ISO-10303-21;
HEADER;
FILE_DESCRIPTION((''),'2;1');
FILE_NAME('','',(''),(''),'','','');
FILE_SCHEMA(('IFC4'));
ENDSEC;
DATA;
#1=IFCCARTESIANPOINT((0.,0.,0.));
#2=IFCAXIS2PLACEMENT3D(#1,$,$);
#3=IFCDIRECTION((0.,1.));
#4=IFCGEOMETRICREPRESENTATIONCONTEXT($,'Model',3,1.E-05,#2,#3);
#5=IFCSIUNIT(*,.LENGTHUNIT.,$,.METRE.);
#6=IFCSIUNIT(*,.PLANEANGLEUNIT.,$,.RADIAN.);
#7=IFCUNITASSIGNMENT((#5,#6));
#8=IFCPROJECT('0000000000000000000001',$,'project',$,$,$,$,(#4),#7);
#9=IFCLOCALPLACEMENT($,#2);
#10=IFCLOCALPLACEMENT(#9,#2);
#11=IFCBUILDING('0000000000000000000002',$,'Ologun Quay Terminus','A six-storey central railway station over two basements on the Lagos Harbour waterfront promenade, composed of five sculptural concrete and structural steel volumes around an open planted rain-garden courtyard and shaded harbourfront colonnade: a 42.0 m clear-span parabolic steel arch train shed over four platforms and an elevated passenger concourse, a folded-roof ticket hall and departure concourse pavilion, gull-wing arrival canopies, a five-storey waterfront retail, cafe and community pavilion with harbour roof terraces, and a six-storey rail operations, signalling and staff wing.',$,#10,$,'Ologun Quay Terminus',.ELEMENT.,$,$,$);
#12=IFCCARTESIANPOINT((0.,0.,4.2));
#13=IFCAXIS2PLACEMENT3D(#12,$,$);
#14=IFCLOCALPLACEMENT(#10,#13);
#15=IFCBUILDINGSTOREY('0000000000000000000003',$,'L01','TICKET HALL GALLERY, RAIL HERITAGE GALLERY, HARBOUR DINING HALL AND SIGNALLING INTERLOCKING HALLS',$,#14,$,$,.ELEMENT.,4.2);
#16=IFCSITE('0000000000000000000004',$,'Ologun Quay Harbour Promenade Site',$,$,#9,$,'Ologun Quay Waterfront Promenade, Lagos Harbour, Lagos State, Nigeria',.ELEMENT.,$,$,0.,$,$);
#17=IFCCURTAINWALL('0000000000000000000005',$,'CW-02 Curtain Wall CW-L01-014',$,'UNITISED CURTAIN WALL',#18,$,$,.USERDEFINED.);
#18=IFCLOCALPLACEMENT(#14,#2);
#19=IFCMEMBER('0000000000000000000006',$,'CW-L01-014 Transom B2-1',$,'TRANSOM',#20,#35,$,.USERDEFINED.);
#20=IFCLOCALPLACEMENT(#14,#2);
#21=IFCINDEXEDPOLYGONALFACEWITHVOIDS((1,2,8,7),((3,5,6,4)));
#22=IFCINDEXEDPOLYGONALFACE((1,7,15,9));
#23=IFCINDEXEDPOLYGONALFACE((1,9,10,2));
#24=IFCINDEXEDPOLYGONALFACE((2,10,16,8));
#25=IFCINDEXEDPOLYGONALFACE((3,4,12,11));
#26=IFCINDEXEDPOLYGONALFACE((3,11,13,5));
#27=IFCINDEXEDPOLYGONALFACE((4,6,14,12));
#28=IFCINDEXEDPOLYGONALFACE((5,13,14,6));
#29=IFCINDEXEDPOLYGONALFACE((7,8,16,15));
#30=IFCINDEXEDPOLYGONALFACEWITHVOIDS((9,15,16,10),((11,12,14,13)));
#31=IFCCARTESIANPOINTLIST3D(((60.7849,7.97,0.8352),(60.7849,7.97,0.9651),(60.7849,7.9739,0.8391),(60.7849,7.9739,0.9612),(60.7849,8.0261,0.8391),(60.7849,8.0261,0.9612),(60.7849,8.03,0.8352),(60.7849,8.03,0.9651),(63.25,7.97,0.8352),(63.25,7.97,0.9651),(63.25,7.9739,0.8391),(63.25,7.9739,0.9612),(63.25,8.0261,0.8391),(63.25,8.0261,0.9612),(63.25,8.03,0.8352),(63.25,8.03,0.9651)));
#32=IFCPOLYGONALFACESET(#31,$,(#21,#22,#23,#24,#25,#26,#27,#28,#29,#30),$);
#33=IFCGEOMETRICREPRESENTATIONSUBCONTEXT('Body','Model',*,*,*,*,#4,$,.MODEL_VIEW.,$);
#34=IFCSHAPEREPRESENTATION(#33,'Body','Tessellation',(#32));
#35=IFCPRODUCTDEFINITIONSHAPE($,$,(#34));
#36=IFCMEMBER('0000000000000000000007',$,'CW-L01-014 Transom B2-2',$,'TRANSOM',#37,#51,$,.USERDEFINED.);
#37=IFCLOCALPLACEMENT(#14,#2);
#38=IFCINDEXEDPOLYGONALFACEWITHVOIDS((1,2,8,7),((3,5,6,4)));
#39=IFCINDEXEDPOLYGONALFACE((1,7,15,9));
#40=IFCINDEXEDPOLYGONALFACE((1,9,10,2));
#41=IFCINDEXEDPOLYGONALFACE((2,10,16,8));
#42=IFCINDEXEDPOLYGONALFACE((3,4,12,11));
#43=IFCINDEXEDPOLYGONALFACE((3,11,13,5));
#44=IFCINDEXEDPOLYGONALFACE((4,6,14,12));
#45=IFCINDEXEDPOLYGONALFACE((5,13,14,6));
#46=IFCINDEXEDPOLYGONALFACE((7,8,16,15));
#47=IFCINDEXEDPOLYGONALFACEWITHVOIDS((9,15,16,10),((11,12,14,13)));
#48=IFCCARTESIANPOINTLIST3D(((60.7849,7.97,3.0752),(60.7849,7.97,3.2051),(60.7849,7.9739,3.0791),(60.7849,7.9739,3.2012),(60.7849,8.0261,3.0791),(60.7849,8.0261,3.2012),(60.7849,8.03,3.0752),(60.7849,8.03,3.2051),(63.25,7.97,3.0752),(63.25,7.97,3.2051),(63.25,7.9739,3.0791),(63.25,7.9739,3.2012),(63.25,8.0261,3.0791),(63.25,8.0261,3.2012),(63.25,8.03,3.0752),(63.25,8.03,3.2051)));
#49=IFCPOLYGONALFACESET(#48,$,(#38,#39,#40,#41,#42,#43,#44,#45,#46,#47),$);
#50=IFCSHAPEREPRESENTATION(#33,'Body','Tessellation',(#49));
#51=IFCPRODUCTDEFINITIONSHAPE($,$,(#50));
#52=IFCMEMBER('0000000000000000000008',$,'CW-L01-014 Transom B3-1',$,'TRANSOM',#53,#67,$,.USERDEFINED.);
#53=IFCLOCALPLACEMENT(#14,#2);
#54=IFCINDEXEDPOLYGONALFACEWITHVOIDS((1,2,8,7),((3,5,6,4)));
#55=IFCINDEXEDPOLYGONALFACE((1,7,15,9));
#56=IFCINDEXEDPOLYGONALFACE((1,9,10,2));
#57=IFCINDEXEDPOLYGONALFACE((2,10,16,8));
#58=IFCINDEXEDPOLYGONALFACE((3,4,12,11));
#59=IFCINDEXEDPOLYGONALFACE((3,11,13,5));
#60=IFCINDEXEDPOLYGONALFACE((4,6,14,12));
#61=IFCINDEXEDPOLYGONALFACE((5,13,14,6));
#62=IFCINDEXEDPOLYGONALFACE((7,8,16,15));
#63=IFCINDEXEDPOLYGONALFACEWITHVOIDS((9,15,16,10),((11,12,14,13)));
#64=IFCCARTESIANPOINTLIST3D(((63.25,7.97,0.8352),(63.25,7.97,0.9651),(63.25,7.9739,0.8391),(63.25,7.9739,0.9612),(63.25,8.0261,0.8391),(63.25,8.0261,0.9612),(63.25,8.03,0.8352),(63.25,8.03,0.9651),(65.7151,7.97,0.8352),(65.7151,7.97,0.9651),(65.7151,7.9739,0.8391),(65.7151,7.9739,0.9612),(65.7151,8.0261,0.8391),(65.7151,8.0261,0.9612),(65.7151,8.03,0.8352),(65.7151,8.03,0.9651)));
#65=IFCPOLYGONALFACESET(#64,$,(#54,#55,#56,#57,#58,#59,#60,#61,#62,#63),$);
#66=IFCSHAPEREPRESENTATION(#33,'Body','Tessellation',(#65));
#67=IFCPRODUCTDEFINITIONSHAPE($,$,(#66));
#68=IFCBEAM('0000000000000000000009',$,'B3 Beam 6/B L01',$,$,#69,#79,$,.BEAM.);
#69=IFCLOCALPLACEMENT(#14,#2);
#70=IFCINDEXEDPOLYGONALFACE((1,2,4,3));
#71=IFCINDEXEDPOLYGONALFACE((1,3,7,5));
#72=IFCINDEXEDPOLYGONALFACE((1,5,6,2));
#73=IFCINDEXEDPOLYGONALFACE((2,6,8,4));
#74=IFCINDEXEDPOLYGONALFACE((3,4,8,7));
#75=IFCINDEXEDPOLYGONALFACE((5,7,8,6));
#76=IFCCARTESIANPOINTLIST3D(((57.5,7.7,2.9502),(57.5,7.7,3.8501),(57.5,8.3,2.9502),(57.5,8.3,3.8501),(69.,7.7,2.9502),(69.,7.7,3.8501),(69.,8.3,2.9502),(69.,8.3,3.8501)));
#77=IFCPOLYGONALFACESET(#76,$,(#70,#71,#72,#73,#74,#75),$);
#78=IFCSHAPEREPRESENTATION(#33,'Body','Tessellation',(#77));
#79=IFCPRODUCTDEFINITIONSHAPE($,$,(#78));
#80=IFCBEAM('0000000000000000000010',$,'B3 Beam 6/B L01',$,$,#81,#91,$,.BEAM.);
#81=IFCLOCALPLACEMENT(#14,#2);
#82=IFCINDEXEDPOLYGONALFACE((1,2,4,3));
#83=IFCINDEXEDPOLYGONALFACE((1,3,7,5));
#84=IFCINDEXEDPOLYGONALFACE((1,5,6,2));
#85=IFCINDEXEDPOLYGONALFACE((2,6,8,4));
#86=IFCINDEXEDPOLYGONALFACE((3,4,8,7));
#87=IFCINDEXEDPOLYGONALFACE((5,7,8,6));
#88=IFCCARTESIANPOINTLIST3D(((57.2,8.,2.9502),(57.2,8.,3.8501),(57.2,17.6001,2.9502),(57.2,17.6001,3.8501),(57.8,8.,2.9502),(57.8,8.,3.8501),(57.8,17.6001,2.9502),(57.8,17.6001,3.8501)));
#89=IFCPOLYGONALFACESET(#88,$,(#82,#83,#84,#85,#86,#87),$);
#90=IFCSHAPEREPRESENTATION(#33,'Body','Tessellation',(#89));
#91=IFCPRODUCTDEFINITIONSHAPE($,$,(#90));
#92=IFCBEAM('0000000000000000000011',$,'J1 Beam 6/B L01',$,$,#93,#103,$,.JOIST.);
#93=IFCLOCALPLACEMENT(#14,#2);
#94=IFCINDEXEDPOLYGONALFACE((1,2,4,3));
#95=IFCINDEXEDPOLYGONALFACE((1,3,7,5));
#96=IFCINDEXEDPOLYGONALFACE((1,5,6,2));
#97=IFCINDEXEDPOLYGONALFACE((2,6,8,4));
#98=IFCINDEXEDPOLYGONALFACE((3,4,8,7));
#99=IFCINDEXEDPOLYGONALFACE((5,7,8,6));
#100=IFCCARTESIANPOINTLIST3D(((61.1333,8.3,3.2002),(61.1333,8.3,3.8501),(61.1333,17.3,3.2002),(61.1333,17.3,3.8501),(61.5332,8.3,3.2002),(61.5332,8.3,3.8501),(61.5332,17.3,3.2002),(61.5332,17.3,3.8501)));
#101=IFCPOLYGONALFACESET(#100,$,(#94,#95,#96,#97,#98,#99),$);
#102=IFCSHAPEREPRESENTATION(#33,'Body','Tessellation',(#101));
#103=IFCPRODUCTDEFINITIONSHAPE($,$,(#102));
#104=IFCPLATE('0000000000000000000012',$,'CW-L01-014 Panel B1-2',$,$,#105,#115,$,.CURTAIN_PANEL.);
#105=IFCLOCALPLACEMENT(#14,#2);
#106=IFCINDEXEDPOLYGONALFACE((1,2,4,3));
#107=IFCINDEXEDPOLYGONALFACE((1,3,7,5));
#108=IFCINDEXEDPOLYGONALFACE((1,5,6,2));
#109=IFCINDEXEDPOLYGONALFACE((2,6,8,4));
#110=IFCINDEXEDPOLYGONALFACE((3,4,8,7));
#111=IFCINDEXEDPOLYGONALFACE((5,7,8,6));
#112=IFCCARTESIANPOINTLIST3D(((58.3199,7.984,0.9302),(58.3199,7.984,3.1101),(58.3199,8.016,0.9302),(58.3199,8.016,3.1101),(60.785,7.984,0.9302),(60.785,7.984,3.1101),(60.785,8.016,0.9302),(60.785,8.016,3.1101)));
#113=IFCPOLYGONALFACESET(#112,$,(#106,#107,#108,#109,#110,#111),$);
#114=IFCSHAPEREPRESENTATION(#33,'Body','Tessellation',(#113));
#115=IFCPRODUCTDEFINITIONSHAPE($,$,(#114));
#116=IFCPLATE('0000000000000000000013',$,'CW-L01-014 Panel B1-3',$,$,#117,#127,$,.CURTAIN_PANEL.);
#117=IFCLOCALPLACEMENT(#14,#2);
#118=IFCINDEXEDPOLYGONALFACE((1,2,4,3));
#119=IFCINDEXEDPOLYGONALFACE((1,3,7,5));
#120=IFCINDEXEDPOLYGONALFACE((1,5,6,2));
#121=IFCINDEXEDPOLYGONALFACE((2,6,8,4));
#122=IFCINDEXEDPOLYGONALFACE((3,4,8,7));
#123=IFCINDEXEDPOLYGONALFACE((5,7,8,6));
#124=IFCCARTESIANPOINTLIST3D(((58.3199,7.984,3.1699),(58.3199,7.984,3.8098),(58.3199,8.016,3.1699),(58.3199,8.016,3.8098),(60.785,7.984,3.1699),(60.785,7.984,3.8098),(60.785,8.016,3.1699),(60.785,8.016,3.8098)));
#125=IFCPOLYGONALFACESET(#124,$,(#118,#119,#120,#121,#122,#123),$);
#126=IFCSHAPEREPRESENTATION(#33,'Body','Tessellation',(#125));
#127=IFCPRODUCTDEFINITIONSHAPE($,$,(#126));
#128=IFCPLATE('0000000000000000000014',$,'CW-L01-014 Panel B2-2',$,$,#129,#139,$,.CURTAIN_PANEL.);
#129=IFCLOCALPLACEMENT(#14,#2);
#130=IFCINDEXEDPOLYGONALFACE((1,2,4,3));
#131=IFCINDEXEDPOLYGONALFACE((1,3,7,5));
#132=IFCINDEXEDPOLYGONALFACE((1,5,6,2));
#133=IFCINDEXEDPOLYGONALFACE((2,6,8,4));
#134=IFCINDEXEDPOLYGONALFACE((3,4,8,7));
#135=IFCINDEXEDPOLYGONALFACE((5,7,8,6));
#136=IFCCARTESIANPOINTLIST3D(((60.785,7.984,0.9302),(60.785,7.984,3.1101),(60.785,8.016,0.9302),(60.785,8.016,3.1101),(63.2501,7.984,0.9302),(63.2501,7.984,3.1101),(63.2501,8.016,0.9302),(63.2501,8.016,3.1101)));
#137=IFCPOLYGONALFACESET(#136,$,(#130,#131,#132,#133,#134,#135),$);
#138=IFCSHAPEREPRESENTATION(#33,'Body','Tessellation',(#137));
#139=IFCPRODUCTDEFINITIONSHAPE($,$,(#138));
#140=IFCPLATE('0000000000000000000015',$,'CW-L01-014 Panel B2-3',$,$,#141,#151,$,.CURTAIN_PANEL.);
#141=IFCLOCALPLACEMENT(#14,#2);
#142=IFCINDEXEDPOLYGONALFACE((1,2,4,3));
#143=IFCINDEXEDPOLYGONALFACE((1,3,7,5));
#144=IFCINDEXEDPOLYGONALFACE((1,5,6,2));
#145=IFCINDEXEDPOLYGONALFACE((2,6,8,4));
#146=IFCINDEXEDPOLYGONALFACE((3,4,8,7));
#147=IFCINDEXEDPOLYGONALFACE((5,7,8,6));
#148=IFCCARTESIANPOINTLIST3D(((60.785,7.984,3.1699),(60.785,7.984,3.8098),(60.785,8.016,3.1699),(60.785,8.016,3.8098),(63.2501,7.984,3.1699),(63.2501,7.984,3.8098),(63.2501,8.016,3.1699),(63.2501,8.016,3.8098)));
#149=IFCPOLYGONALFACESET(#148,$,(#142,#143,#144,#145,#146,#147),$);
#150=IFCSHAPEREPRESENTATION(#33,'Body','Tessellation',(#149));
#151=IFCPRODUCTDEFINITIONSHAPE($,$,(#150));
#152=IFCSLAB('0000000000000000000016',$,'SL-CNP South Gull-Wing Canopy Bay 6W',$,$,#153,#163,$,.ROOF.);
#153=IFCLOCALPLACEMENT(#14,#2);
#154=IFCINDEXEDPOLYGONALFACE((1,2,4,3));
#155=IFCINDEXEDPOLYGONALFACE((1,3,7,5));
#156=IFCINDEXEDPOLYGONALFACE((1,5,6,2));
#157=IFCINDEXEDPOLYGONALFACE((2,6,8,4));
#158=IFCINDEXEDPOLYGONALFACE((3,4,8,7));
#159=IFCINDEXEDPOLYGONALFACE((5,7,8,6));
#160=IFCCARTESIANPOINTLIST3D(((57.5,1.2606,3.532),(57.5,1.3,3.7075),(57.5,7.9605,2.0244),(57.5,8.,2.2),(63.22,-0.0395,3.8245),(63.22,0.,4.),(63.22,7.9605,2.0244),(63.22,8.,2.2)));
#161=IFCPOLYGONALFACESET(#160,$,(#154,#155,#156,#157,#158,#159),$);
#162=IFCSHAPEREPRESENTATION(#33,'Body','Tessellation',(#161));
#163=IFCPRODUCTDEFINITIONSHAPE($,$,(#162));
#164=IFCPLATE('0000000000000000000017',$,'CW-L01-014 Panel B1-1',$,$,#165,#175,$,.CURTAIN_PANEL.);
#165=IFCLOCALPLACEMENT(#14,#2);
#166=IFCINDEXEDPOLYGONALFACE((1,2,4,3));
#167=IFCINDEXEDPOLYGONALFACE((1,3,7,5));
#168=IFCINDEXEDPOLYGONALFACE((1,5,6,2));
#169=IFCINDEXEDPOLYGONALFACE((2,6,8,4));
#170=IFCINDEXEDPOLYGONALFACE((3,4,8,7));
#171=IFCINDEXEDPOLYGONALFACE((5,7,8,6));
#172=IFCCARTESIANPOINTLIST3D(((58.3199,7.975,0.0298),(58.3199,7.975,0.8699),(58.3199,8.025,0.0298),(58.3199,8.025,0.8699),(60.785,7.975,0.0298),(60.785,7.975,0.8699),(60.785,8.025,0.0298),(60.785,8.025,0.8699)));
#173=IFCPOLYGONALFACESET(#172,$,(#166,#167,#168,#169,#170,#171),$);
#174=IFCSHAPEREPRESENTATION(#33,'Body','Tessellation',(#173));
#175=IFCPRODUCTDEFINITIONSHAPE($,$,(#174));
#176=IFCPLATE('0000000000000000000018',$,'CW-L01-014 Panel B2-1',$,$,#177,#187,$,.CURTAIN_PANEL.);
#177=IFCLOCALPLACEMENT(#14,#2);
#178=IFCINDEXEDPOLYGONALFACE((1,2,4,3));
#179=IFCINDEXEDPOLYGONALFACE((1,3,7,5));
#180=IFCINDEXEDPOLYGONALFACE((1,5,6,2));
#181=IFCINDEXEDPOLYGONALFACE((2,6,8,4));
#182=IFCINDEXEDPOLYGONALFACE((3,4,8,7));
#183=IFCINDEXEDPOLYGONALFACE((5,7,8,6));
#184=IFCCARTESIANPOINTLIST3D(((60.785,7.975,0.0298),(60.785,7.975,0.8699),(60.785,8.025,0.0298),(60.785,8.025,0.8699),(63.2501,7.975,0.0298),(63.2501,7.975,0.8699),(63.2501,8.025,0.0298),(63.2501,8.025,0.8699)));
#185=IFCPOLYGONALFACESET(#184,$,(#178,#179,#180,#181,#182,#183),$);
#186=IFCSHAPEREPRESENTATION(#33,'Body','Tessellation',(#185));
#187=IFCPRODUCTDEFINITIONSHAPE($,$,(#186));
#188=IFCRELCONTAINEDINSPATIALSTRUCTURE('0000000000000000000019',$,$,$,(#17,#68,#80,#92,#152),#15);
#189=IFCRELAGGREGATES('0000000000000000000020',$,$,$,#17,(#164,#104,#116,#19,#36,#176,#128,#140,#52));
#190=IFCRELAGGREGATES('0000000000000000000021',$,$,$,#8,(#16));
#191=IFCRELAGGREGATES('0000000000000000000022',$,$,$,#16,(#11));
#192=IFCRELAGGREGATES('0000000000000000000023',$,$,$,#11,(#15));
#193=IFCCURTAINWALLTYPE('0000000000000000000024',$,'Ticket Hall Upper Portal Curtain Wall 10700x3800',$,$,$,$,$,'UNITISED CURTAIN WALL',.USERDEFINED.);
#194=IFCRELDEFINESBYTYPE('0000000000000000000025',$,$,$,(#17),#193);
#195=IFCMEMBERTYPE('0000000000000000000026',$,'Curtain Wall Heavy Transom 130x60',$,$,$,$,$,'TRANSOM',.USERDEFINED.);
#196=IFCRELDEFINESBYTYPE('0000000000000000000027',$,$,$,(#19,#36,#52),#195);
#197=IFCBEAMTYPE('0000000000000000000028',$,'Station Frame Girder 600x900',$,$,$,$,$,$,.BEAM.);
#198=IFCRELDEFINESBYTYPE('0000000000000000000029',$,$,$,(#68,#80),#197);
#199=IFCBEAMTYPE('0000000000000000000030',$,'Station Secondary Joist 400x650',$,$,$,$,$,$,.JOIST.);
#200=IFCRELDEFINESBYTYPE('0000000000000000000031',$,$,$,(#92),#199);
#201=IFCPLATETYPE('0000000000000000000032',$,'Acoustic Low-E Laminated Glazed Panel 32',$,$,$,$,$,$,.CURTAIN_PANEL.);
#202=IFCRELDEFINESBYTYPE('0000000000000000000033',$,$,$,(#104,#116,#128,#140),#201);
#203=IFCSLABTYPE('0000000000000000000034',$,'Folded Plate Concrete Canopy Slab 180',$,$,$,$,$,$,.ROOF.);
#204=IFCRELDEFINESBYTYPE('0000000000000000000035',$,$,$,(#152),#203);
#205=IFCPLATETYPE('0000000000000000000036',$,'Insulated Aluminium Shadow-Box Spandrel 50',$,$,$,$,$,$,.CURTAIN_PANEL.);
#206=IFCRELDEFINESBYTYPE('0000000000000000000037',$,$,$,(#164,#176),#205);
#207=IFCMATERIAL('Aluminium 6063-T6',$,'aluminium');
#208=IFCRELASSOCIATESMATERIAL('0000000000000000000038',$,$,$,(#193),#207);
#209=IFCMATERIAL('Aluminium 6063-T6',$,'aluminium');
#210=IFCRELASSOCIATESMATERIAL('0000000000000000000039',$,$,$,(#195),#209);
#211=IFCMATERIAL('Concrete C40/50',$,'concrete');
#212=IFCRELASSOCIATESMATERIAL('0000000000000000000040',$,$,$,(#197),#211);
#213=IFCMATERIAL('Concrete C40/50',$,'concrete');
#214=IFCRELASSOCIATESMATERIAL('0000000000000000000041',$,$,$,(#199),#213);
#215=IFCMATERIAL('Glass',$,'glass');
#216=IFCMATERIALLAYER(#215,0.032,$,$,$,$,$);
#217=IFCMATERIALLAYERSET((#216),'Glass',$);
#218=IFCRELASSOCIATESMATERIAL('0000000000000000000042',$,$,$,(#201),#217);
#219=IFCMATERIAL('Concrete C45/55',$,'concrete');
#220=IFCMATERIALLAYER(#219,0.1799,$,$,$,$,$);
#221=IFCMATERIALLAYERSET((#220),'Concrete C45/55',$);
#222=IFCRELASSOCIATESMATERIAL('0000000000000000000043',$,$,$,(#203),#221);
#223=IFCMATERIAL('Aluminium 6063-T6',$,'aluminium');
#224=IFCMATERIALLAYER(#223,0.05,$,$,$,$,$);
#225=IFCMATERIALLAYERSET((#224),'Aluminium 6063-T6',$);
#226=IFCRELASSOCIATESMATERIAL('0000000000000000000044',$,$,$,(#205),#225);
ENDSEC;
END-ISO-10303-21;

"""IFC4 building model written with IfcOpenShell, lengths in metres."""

from ifc_helpers import new_model, si_unit, direction, frame, origin, origin_2d, place, context, subcontext, project, spatial, polyline, rectangle, hollow_rectangle, outline, extrude, material, layer, layer_set, material_profile, profile_set, type_object, element, aggregate, save


model = new_model("IFC4")

# Units and contexts
model_context = context("Model", 3, precision=1e-05, world=origin(), true_north=direction((0.0, 1.0)))
body_context = subcontext(model_context, "Body", "Model", "MODEL_VIEW")
ifc_project = project(units=[si_unit("LENGTHUNIT", "METRE"), si_unit("PLANEANGLEUNIT", "RADIAN")], contexts=[model_context])

# Site, building, storey
site_placement = place(None, origin())
site = spatial("IfcSite", under=ifc_project, at=site_placement, Name="Ologun Quay Harbour Promenade Site", LongName="Ologun Quay Waterfront Promenade, Lagos Harbour, Lagos State, Nigeria", CompositionType="ELEMENT", RefElevation=0.0)
building_placement = place(site_placement, origin())
building = spatial("IfcBuilding", under=site, at=building_placement, Name="Ologun Quay Terminus", Description="A six-storey central railway station over two basements on the Lagos Harbour waterfront promenade, composed of five sculptural concrete and structural steel volumes around an open planted rain-garden courtyard and shaded harbourfront colonnade: a 42.0 m clear-span parabolic steel arch train shed over four platforms and an elevated passenger concourse, a folded-roof ticket hall and departure concourse pavilion, gull-wing arrival canopies, a five-storey waterfront retail, cafe and community pavilion with harbour roof terraces, and a six-storey rail operations, signalling and staff wing.", LongName="Ologun Quay Terminus", CompositionType="ELEMENT")
storey_placement = place(building_placement, frame((0.0, 0.0, 4.2)))
storey = spatial("IfcBuildingStorey", under=building, at=storey_placement, Name="L01", Description="TICKET HALL GALLERY, RAIL HERITAGE GALLERY, HARBOUR DINING HALL AND SIGNALLING INTERLOCKING HALLS", CompositionType="ELEMENT", Elevation=4.2)

# Curtain wall, members
ifc_material_1 = material(Name="Aluminium 6063-T6", Category="aluminium")
curtain_wall_type = type_object("IfcCurtainWallType", Name="Ticket Hall Upper Portal Curtain Wall 10700x3800", ElementType="UNITISED CURTAIN WALL", PredefinedType="USERDEFINED", material=ifc_material_1)
curtain_wall_placement = place(storey_placement, origin())
curtain_wall = element("IfcCurtainWall", 1, at=curtain_wall_placement, inside=storey, type_object=curtain_wall_type, Name="CW-02 Curtain Wall CW-L01-014", ObjectType="UNITISED CURTAIN WALL", PredefinedType="USERDEFINED")
ifc_material_2 = material(Name="Aluminium 6063-T6", Category="aluminium")
ifc_material_profile_1 = material_profile(ifc_material_2, hollow_rectangle(XDim=0.0601, YDim=0.1299, WallThickness=0.0039, at=origin_2d()), Name="ALU 130x60x4")
ifc_profile_set_1 = profile_set([ifc_material_profile_1], Name="Aluminium 6063-T6")
member_type_1 = type_object("IfcMemberType", Name="Curtain Wall Heavy Transom 130x60", ElementType="TRANSOM", PredefinedType="USERDEFINED", material=ifc_profile_set_1)
member_1_placement = place(storey_placement, frame((60.7849, 8.0, 0.9001), z_axis=(1.0, 0.0, 0.0), x_axis=(0.0, 1.0, 0.0)))
member_1 = element("IfcMember", 2, at=member_1_placement, type_object=member_type_1, Name="CW-L01-014 Transom B2-1", ObjectType="TRANSOM", PredefinedType="USERDEFINED", context=body_context, shape_type="SweptSolid", body=[
    extrude(hollow_rectangle(XDim=0.0601, YDim=0.1299, WallThickness=0.0039, at=origin_2d()), origin(), (0.0, 0.0, 1.0), 2.4651),
])
member_2_placement = place(storey_placement, frame((60.7849, 8.0, 3.1401), z_axis=(1.0, 0.0, 0.0), x_axis=(0.0, 1.0, 0.0)))
member_2 = element("IfcMember", 3, at=member_2_placement, type_object=member_type_1, Name="CW-L01-014 Transom B2-2", ObjectType="TRANSOM", PredefinedType="USERDEFINED", context=body_context, shape_type="SweptSolid", body=[
    extrude(hollow_rectangle(XDim=0.0601, YDim=0.1299, WallThickness=0.0039, at=origin_2d()), origin(), (0.0, 0.0, 1.0), 2.4651),
])
member_3_placement = place(storey_placement, frame((63.25, 8.0, 0.9001), z_axis=(1.0, 0.0, 0.0), x_axis=(0.0, 1.0, 0.0)))
member_3 = element("IfcMember", 4, at=member_3_placement, type_object=member_type_1, Name="CW-L01-014 Transom B3-1", ObjectType="TRANSOM", PredefinedType="USERDEFINED", context=body_context, shape_type="SweptSolid", body=[
    extrude(hollow_rectangle(XDim=0.0601, YDim=0.1299, WallThickness=0.0039, at=origin_2d()), origin(), (0.0, 0.0, 1.0), 2.4651),
])

# Beams
ifc_material_3 = material(Name="Concrete C40/50", Category="concrete")
ifc_material_profile_2 = material_profile(ifc_material_3, rectangle(XDim=0.6001, YDim=0.8999, at=origin_2d()), Name="RC 600x900")
ifc_profile_set_2 = profile_set([ifc_material_profile_2], Name="Concrete C40/50")
beam_type_1 = type_object("IfcBeamType", Name="Station Frame Girder 600x900", PredefinedType="BEAM", material=ifc_profile_set_2)
beam_1_placement = place(storey_placement, frame((57.5, 8.0, 3.4001), z_axis=(1.0, 0.0, 0.0), x_axis=(0.0, 1.0, 0.0)))
element("IfcBeam", 5, at=beam_1_placement, inside=storey, type_object=beam_type_1, Name="B3 Beam 6/B L01", PredefinedType="BEAM", context=body_context, shape_type="SweptSolid", body=[
    extrude(rectangle(XDim=0.6001, YDim=0.8999, at=origin_2d()), origin(), (0.0, 0.0, 1.0), 11.5),
])
beam_2_placement = place(storey_placement, frame((57.5, 8.0, 3.4001), z_axis=(0.0, 1.0, 0.0), x_axis=(-1.0, 0.0, 0.0)))
element("IfcBeam", 6, at=beam_2_placement, inside=storey, type_object=beam_type_1, Name="B3 Beam 6/B L01", PredefinedType="BEAM", context=body_context, shape_type="SweptSolid", body=[
    extrude(rectangle(XDim=0.6001, YDim=0.8999, at=origin_2d()), origin(), (0.0, 0.0, 1.0), 9.6001),
])
ifc_material_4 = material(Name="Concrete C40/50", Category="concrete")
ifc_material_profile_3 = material_profile(ifc_material_4, rectangle(XDim=0.3999, YDim=0.6499, at=origin_2d()), Name="RC 400x650")
ifc_profile_set_3 = profile_set([ifc_material_profile_3], Name="Concrete C40/50")
beam_type_2 = type_object("IfcBeamType", Name="Station Secondary Joist 400x650", PredefinedType="JOIST", material=ifc_profile_set_3)
beam_3_placement = place(storey_placement, frame((61.3333, 8.3, 3.5251), z_axis=(0.0, 1.0, 0.0), x_axis=(-1.0, 0.0, 0.0)))
element("IfcBeam", 7, at=beam_3_placement, inside=storey, type_object=beam_type_2, Name="J1 Beam 6/B L01", PredefinedType="JOIST", context=body_context, shape_type="SweptSolid", body=[
    extrude(rectangle(XDim=0.3999, YDim=0.6499, at=origin_2d()), origin(), (0.0, 0.0, 1.0), 9.0),
])

# Plates
ifc_material_5 = material(Name="Glass", Category="glass")
ifc_layer_1 = layer(ifc_material_5, 0.032)
ifc_layer_set_1 = layer_set([ifc_layer_1], Name="Glass")
plate_type_1 = type_object("IfcPlateType", Name="Acoustic Low-E Laminated Glazed Panel 32", PredefinedType="CURTAIN_PANEL", material=ifc_layer_set_1)
plate_1_placement = place(storey_placement, frame((59.5525, 8.0, 0.9302), z_axis=(0.0, 0.0, 1.0), x_axis=(1.0, 0.0, 0.0)))
plate_1 = element("IfcPlate", 8, at=plate_1_placement, type_object=plate_type_1, Name="CW-L01-014 Panel B1-2", PredefinedType="CURTAIN_PANEL", context=body_context, shape_type="SweptSolid", body=[
    extrude(rectangle(XDim=2.4651, YDim=0.032, at=origin_2d()), origin(), (0.0, 0.0, 1.0), 2.1799),
])
plate_2_placement = place(storey_placement, frame((59.5525, 8.0, 3.1699), z_axis=(0.0, 0.0, 1.0), x_axis=(1.0, 0.0, 0.0)))
plate_2 = element("IfcPlate", 9, at=plate_2_placement, type_object=plate_type_1, Name="CW-L01-014 Panel B1-3", PredefinedType="CURTAIN_PANEL", context=body_context, shape_type="SweptSolid", body=[
    extrude(rectangle(XDim=2.4651, YDim=0.032, at=origin_2d()), origin(), (0.0, 0.0, 1.0), 0.6399),
])
plate_3_placement = place(storey_placement, frame((62.0176, 8.0, 0.9302), z_axis=(0.0, 0.0, 1.0), x_axis=(1.0, 0.0, 0.0)))
plate_3 = element("IfcPlate", 10, at=plate_3_placement, type_object=plate_type_1, Name="CW-L01-014 Panel B2-2", PredefinedType="CURTAIN_PANEL", context=body_context, shape_type="SweptSolid", body=[
    extrude(rectangle(XDim=2.4651, YDim=0.032, at=origin_2d()), origin(), (0.0, 0.0, 1.0), 2.1799),
])
plate_4_placement = place(storey_placement, frame((62.0176, 8.0, 3.1699), z_axis=(0.0, 0.0, 1.0), x_axis=(1.0, 0.0, 0.0)))
plate_4 = element("IfcPlate", 11, at=plate_4_placement, type_object=plate_type_1, Name="CW-L01-014 Panel B2-3", PredefinedType="CURTAIN_PANEL", context=body_context, shape_type="SweptSolid", body=[
    extrude(rectangle(XDim=2.4651, YDim=0.032, at=origin_2d()), origin(), (0.0, 0.0, 1.0), 0.6399),
])

# Slab
ifc_material_6 = material(Name="Concrete C45/55", Category="concrete")
ifc_layer_2 = layer(ifc_material_6, 0.1799)
ifc_layer_set_2 = layer_set([ifc_layer_2], Name="Concrete C45/55")
slab_type = type_object("IfcSlabType", Name="Folded Plate Concrete Canopy Slab 180", PredefinedType="ROOF", material=ifc_layer_set_2)
slab_placement = place(storey_placement, frame((57.5, 1.3, 3.7075), z_axis=(0.000004, 0.21952, 0.975608), x_axis=(0.973921, -0.221354, 0.049803)))
element("IfcSlab", 12, at=slab_placement, inside=storey, type_object=slab_type, Name="SL-CNP South Gull-Wing Canopy Bay 6W", PredefinedType="ROOF", context=body_context, shape_type="SweptSolid", body=[
    extrude(outline(polyline([(0.0, 0.0), (5.8731, 0.0), (4.0127, 7.9862), (-1.5581, 6.6884), (0.0, 0.0)])), origin(), (0.0, 0.0, -1.0), 0.1799),
])

# Plates
ifc_material_7 = material(Name="Aluminium 6063-T6", Category="aluminium")
ifc_layer_3 = layer(ifc_material_7, 0.05)
ifc_layer_set_3 = layer_set([ifc_layer_3], Name="Aluminium 6063-T6")
plate_type_2 = type_object("IfcPlateType", Name="Insulated Aluminium Shadow-Box Spandrel 50", PredefinedType="CURTAIN_PANEL", material=ifc_layer_set_3)
plate_5_placement = place(storey_placement, frame((59.5525, 8.0, 0.0298), z_axis=(0.0, 0.0, 1.0), x_axis=(1.0, 0.0, 0.0)))
plate_5 = element("IfcPlate", 13, at=plate_5_placement, type_object=plate_type_2, Name="CW-L01-014 Panel B1-1", PredefinedType="CURTAIN_PANEL", context=body_context, shape_type="SweptSolid", body=[
    extrude(rectangle(XDim=2.4651, YDim=0.05, at=origin_2d()), origin(), (0.0, 0.0, 1.0), 0.8401),
])
plate_6_placement = place(storey_placement, frame((62.0176, 8.0, 0.0298), z_axis=(0.0, 0.0, 1.0), x_axis=(1.0, 0.0, 0.0)))
plate_6 = element("IfcPlate", 14, at=plate_6_placement, type_object=plate_type_2, Name="CW-L01-014 Panel B2-1", PredefinedType="CURTAIN_PANEL", context=body_context, shape_type="SweptSolid", body=[
    extrude(rectangle(XDim=2.4651, YDim=0.05, at=origin_2d()), origin(), (0.0, 0.0, 1.0), 0.8401),
])
aggregate(curtain_wall, [plate_5, plate_1, plate_2, member_1, member_2, plate_6, plate_3, plate_4, member_3])

save(model, "model.ifc")
